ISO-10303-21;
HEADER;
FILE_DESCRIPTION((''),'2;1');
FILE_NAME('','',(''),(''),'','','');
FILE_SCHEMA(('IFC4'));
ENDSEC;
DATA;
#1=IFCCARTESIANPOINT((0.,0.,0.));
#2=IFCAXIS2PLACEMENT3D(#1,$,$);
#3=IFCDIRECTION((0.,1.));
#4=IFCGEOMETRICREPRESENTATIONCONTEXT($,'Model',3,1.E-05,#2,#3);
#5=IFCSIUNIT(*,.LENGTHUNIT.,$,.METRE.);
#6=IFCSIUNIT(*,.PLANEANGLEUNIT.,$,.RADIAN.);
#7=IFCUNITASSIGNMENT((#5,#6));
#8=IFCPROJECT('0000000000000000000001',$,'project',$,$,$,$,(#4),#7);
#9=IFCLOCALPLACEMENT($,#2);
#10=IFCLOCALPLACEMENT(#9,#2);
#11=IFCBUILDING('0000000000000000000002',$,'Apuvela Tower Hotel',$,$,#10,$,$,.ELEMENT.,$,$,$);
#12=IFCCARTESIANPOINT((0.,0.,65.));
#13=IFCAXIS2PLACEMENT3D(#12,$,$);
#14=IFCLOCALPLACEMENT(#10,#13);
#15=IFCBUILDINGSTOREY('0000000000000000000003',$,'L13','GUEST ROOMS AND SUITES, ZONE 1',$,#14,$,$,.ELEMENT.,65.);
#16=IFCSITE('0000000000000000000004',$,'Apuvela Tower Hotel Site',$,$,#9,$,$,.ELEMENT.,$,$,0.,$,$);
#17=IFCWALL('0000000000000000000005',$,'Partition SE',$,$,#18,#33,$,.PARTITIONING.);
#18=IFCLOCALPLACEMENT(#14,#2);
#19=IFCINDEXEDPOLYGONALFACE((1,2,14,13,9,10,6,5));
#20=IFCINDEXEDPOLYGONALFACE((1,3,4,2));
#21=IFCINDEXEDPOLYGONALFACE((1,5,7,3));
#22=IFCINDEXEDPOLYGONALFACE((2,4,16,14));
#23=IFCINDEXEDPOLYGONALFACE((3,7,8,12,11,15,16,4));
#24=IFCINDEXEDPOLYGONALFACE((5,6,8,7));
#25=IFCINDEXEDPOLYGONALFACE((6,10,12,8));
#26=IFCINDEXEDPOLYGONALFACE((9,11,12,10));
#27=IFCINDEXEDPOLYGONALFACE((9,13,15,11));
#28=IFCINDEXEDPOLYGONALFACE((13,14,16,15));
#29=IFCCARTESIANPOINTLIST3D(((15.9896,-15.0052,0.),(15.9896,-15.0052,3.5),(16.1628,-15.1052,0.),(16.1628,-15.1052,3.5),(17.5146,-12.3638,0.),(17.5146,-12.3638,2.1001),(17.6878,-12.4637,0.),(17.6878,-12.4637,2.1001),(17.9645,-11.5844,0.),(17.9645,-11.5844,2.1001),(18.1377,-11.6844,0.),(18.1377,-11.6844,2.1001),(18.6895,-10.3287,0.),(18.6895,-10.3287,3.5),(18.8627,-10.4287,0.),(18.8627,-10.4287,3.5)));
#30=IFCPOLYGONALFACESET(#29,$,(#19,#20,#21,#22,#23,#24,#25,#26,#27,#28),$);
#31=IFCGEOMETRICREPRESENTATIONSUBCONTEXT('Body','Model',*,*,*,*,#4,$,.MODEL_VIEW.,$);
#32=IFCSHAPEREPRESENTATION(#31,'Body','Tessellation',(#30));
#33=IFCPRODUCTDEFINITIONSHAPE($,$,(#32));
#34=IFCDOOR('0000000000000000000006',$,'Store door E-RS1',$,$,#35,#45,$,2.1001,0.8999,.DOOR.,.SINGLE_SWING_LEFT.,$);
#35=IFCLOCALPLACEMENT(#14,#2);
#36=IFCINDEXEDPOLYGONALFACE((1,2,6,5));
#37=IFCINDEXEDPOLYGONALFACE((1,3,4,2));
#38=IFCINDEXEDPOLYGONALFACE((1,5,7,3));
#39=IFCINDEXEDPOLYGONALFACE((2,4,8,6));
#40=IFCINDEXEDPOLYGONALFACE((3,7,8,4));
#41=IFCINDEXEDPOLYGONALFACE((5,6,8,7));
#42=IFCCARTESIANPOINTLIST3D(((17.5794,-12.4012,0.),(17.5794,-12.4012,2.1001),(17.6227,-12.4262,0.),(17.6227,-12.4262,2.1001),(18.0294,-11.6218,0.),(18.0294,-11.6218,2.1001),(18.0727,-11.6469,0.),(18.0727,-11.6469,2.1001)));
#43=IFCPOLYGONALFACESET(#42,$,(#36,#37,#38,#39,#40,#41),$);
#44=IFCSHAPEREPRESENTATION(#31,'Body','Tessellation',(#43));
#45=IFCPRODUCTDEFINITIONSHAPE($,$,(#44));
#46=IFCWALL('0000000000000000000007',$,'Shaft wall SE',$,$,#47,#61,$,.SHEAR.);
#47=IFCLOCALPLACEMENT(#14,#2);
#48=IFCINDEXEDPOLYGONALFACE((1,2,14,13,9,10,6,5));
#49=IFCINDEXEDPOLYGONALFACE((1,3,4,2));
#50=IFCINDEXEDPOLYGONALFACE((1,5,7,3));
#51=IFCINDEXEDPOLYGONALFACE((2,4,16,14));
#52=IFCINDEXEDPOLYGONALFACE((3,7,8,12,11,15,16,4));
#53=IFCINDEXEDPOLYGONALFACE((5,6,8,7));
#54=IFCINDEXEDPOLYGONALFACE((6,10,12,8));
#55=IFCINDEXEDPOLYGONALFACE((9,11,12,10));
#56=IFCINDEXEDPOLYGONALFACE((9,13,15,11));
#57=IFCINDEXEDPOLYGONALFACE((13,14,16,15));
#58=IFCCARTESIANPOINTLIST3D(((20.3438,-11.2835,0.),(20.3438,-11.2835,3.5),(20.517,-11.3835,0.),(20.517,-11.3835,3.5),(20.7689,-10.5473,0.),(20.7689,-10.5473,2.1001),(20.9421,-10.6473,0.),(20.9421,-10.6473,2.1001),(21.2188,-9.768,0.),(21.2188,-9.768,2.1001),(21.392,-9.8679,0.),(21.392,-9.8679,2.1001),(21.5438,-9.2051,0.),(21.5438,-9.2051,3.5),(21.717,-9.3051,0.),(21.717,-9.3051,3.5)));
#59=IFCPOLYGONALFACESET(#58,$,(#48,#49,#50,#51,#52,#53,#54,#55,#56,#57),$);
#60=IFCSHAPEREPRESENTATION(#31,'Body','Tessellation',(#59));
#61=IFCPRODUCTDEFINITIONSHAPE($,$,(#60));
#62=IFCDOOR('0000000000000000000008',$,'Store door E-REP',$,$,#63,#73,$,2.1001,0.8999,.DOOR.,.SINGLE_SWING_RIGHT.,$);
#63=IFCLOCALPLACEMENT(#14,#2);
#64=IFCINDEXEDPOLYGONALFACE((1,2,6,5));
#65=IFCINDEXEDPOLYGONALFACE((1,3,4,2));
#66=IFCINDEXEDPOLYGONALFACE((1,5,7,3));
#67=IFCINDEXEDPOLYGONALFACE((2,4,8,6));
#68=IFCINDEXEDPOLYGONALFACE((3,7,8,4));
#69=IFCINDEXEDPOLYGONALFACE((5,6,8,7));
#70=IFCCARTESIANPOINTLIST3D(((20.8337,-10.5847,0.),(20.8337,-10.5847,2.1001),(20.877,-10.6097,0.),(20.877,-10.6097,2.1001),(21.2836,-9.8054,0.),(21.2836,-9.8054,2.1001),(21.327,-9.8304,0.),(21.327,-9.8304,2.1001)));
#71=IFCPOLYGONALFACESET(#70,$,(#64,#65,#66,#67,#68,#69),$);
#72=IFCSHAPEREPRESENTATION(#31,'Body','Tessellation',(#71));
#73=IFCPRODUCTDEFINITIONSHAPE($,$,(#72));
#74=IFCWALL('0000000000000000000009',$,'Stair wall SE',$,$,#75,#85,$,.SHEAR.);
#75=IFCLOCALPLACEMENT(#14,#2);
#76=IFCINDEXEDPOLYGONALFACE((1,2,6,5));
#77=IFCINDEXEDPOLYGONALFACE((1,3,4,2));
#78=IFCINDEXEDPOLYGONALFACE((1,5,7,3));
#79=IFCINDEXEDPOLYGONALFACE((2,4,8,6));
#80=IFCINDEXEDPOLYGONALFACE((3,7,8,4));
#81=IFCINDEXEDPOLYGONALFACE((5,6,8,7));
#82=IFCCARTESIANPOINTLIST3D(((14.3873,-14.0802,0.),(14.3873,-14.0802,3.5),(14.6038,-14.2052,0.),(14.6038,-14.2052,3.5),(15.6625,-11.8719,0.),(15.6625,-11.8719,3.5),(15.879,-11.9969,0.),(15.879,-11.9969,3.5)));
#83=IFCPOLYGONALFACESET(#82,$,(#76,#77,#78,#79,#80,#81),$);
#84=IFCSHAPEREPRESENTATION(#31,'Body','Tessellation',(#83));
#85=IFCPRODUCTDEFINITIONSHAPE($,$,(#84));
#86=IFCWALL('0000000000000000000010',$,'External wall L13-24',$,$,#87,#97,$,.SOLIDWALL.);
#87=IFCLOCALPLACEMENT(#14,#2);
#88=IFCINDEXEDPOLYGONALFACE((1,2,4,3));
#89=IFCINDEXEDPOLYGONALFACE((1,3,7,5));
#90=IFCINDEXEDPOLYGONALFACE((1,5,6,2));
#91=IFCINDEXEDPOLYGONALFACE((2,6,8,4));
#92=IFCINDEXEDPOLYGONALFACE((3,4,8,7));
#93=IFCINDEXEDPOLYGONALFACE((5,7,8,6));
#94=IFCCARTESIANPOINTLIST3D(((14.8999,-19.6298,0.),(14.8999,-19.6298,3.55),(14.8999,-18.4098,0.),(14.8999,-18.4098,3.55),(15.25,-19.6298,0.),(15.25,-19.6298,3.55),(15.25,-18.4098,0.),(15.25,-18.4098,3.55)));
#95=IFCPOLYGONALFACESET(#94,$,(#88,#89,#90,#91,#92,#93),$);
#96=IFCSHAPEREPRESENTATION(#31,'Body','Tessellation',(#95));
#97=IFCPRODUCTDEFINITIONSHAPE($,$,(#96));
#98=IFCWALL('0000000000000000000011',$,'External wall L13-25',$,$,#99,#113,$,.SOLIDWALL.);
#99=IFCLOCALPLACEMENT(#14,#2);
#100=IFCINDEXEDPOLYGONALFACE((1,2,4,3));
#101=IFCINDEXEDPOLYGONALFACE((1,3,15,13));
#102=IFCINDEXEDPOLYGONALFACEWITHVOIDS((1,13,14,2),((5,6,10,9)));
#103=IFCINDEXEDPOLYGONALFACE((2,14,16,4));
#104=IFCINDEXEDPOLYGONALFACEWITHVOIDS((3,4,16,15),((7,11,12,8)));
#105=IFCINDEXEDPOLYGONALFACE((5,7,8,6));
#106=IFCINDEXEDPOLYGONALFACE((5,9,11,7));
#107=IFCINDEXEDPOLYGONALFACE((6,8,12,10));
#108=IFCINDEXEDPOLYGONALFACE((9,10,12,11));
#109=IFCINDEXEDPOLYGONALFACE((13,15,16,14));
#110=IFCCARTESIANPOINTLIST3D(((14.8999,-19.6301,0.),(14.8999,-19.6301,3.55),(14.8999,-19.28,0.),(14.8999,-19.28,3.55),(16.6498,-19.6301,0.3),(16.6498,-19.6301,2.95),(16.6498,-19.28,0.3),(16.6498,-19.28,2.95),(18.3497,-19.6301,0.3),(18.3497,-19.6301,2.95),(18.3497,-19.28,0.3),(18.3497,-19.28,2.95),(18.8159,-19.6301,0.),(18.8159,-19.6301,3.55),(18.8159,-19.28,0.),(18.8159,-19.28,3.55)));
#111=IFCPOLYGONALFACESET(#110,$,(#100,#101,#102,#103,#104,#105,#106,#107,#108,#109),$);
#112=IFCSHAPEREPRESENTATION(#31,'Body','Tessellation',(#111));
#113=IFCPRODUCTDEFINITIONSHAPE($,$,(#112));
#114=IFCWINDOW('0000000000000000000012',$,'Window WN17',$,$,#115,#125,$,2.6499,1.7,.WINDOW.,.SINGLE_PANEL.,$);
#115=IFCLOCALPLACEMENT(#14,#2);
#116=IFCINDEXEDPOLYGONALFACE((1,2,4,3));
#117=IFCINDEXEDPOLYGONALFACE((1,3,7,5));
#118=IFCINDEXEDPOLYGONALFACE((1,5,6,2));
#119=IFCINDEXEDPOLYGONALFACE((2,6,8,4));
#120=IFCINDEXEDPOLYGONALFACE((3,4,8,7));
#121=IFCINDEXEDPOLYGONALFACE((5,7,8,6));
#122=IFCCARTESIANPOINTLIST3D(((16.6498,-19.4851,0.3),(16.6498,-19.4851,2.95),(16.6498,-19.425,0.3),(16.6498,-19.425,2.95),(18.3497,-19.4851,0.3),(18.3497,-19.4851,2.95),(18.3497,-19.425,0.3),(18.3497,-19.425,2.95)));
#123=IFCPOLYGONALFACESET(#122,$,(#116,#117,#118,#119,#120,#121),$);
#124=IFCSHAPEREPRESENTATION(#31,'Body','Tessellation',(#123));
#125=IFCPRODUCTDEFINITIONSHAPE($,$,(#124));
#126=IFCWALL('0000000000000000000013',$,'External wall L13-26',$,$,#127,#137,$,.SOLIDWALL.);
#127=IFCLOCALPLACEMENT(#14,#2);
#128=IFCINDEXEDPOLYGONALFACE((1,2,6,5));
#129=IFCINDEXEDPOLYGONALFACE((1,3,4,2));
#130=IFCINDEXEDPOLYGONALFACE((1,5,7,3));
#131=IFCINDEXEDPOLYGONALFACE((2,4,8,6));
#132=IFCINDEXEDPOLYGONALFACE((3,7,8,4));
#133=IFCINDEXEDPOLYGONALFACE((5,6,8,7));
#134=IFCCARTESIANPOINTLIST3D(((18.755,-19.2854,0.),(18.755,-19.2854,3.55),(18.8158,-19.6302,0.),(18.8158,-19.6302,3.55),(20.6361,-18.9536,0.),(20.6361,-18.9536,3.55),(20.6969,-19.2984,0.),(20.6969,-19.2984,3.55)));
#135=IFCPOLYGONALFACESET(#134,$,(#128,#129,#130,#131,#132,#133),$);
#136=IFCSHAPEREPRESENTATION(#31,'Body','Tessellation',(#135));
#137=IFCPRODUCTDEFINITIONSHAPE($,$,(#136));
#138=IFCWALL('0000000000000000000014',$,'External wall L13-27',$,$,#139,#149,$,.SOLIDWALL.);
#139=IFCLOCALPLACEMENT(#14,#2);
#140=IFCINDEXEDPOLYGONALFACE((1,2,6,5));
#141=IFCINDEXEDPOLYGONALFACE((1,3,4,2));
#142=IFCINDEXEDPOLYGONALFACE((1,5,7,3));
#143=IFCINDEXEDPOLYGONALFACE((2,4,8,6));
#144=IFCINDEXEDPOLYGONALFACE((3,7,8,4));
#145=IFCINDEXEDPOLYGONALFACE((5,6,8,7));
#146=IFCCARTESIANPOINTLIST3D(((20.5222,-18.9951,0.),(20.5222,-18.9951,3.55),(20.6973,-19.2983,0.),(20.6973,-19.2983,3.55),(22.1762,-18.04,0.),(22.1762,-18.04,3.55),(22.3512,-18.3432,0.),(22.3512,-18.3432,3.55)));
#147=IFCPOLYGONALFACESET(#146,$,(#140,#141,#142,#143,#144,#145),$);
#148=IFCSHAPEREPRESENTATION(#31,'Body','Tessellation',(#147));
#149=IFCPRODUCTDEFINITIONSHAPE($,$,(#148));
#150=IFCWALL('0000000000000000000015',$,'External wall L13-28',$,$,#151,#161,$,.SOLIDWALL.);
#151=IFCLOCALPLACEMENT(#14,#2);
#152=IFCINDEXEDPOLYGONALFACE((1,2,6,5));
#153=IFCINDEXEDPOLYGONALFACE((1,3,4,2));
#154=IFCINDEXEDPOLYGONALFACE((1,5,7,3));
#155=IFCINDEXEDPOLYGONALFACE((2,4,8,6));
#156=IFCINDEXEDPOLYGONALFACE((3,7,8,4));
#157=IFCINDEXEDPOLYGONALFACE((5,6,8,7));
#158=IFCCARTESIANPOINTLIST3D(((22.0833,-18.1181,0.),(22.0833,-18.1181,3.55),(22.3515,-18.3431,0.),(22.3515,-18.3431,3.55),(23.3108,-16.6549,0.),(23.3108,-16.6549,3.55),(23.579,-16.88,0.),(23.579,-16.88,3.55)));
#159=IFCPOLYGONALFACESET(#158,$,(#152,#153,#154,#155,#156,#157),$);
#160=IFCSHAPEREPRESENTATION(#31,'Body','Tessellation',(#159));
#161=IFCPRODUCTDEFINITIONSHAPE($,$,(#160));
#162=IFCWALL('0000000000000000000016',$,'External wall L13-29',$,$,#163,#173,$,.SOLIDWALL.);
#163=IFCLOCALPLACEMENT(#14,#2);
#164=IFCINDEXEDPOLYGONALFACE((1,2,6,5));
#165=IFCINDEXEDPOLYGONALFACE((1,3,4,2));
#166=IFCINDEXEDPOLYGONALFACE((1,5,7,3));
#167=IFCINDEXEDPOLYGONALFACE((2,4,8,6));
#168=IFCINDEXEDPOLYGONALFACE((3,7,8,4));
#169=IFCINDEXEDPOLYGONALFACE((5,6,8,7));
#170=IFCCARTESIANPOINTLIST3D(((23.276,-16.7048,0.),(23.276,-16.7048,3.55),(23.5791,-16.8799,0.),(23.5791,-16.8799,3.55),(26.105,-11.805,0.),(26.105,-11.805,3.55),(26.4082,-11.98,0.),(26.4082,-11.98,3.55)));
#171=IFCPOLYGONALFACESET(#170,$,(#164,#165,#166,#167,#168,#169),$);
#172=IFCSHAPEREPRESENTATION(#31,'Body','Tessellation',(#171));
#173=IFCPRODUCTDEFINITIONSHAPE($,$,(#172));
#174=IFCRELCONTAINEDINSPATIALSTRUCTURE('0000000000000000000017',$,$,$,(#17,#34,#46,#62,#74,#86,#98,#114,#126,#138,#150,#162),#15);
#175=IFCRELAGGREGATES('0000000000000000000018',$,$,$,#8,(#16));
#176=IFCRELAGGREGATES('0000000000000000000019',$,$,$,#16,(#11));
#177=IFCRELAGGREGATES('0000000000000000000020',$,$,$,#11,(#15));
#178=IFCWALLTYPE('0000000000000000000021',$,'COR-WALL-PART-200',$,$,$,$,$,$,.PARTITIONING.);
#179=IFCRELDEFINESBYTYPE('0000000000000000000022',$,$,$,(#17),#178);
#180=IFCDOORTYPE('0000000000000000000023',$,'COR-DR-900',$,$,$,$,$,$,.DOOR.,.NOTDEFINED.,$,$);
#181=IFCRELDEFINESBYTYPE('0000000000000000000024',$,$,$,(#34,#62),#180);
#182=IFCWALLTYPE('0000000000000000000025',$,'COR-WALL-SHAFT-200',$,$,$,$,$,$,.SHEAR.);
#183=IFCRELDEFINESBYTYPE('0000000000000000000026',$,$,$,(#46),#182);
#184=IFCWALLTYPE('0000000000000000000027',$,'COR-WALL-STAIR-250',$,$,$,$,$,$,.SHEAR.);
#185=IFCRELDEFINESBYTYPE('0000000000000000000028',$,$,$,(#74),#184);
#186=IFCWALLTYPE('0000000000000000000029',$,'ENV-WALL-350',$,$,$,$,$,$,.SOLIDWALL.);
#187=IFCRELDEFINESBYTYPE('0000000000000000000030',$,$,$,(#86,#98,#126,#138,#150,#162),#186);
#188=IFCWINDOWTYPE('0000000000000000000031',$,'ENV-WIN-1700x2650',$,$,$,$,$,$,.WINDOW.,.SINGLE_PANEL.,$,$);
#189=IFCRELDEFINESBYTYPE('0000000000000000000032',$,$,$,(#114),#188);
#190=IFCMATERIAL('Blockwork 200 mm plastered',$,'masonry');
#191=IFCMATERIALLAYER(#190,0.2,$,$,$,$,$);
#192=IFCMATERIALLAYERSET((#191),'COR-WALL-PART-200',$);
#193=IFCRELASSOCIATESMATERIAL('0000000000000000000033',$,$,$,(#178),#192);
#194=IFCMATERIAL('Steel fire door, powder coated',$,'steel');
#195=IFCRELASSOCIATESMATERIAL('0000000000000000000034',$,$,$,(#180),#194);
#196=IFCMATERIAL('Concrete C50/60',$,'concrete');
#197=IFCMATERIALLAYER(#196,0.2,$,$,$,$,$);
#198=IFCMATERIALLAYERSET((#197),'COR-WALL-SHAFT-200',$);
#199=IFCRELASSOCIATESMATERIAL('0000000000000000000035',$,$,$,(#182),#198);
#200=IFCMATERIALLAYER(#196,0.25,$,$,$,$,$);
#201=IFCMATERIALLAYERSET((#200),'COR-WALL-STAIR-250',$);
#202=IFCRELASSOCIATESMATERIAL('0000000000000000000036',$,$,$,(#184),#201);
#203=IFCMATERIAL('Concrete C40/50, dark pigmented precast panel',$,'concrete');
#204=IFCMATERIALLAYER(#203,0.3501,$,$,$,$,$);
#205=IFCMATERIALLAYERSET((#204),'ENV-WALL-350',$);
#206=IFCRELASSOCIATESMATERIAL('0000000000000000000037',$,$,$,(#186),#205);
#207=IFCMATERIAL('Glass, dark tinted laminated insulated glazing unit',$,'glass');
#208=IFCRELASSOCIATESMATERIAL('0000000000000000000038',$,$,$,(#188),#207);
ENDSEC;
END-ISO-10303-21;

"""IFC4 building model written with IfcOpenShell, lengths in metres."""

from ifc_helpers import new_model, si_unit, direction, frame, frame_2d, origin, place, context, subcontext, project, spatial, rectangle, extrude, material, layer, layer_set, type_object, element, fill, save


model = new_model("IFC4")

# Units and contexts
model_context = context("Model", 3, precision=1e-05, world=origin(), true_north=direction((0.0, 1.0)))
body_context = subcontext(model_context, "Body", "Model", "MODEL_VIEW")
ifc_project = project(units=[si_unit("LENGTHUNIT", "METRE"), si_unit("PLANEANGLEUNIT", "RADIAN")], contexts=[model_context])

# Site, building, storey
site_placement = place(None, origin())
site = spatial("IfcSite", under=ifc_project, at=site_placement, Name="Apuvela Tower Hotel Site", CompositionType="ELEMENT", RefElevation=0.0)
building_placement = place(site_placement, origin())
building = spatial("IfcBuilding", under=site, at=building_placement, Name="Apuvela Tower Hotel", CompositionType="ELEMENT")
storey_placement = place(building_placement, frame((0.0, 0.0, 65.0)))
storey = spatial("IfcBuildingStorey", under=building, at=storey_placement, Name="L13", Description="GUEST ROOMS AND SUITES, ZONE 1", CompositionType="ELEMENT", Elevation=65.0)

# Walls, openings, doors
ifc_material_1 = material(Name="Blockwork 200 mm plastered", Category="masonry")
ifc_layer_1 = layer(ifc_material_1, 0.2)
ifc_layer_set_1 = layer_set([ifc_layer_1], Name="COR-WALL-PART-200")
wall_type_1 = type_object("IfcWallType", Name="COR-WALL-PART-200", PredefinedType="PARTITIONING", material=ifc_layer_set_1)
wall_1_placement = place(storey_placement, frame((16.0762, -15.0552, 0.0), z_axis=(0.0, 0.0, 1.0), x_axis=(0.499995, 0.866028, 0.0)))
wall_1 = element("IfcWall", 1, at=wall_1_placement, inside=storey, type_object=wall_type_1, Name="Partition SE", PredefinedType="PARTITIONING", context=body_context, shape_type="SweptSolid", body=[
    extrude(rectangle(XDim=5.3999, YDim=0.2, at=frame_2d((2.7, 0.0))), origin(), (0.0, 0.0, 1.0), 3.5),
])
opening_1_placement = place(wall_1_placement, frame((3.05, 0.0, 0.0)))
opening_1 = element("IfcOpeningElement", 2, at=opening_1_placement, cuts=wall_1, PredefinedType="OPENING", context=body_context, shape_type="SweptSolid", body=[
    extrude(rectangle(XDim=0.8999, YDim=2.1001, at=frame_2d((0.45, 1.05))), frame((0.0, 0.1099, 0.0), z_axis=(0.0, -1.0, 0.0), x_axis=(1.0, 0.0, 0.0)), (0.0, 0.0, 1.0), 0.22),
])
ifc_material_2 = material(Name="Steel fire door, powder coated", Category="steel")
door_type_1 = type_object("IfcDoorType", Name="COR-DR-900", OperationType="NOTDEFINED", PredefinedType="DOOR", material=ifc_material_2)
door_1_placement = place(opening_1_placement, frame((0.8999, 0.0, 0.0), z_axis=(0.0, 0.0, 1.0), x_axis=(-1.0, 0.0, 0.0)))
door_1 = element("IfcDoor", 3, at=door_1_placement, inside=storey, type_object=door_type_1, Name="Store door E-RS1", OperationType="SINGLE_SWING_LEFT", OverallHeight=2.1001, OverallWidth=0.8999, PredefinedType="DOOR", context=body_context, shape_type="SweptSolid", body=[
    extrude(rectangle(XDim=0.8999, YDim=2.1001, at=frame_2d((0.45, 1.05))), frame((0.0, 0.0249, 0.0), z_axis=(0.0, -1.0, 0.0), x_axis=(1.0, 0.0, 0.0)), (0.0, 0.0, 1.0), 0.05),
])
fill(opening_1, door_1)
ifc_material_3 = material(Name="Concrete C50/60", Category="concrete")
ifc_layer_2 = layer(ifc_material_3, 0.2)
ifc_layer_set_2 = layer_set([ifc_layer_2], Name="COR-WALL-SHAFT-200")
wall_type_2 = type_object("IfcWallType", Name="COR-WALL-SHAFT-200", PredefinedType="SHEAR", material=ifc_layer_set_2)
wall_2_placement = place(storey_placement, frame((20.4304, -11.3335, 0.0), z_axis=(0.0, 0.0, 1.0), x_axis=(0.500001, 0.866025, 0.0)))
wall_2 = element("IfcWall", 4, at=wall_2_placement, inside=storey, type_object=wall_type_2, Name="Shaft wall SE", PredefinedType="SHEAR", context=body_context, shape_type="SweptSolid", body=[
    extrude(rectangle(XDim=2.3999, YDim=0.2, at=frame_2d((1.2, 0.0))), origin(), (0.0, 0.0, 1.0), 3.5),
])
opening_2_placement = place(wall_2_placement, frame((0.8501, 0.0, 0.0)))
opening_2 = element("IfcOpeningElement", 5, at=opening_2_placement, cuts=wall_2, PredefinedType="OPENING", context=body_context, shape_type="SweptSolid", body=[
    extrude(rectangle(XDim=0.8999, YDim=2.1001, at=frame_2d((0.45, 1.05))), frame((0.0, 0.1099, 0.0), z_axis=(0.0, -1.0, 0.0), x_axis=(1.0, 0.0, 0.0)), (0.0, 0.0, 1.0), 0.22),
])
door_2_placement = place(opening_2_placement, frame((0.8999, 0.0, 0.0), z_axis=(0.0, 0.0, 1.0), x_axis=(-1.0, 0.0, 0.0)))
door_2 = element("IfcDoor", 6, at=door_2_placement, inside=storey, type_object=door_type_1, Name="Store door E-REP", OperationType="SINGLE_SWING_RIGHT", OverallHeight=2.1001, OverallWidth=0.8999, PredefinedType="DOOR", context=body_context, shape_type="SweptSolid", body=[
    extrude(rectangle(XDim=0.8999, YDim=2.1001, at=frame_2d((0.45, 1.05))), frame((0.0, 0.0249, 0.0), z_axis=(0.0, -1.0, 0.0), x_axis=(1.0, 0.0, 0.0)), (0.0, 0.0, 1.0), 0.05),
])
fill(opening_2, door_2)

# Walls
ifc_layer_3 = layer(ifc_material_3, 0.25)
ifc_layer_set_3 = layer_set([ifc_layer_3], Name="COR-WALL-STAIR-250")
wall_type_3 = type_object("IfcWallType", Name="COR-WALL-STAIR-250", PredefinedType="SHEAR", material=ifc_layer_set_3)
wall_3_placement = place(storey_placement, frame((14.4956, -14.1426, 0.0), z_axis=(0.0, 0.0, 1.0), x_axis=(0.500062, 0.865989, 0.0)))
element("IfcWall", 7, at=wall_3_placement, inside=storey, type_object=wall_type_3, Name="Stair wall SE", PredefinedType="SHEAR", context=body_context, shape_type="SweptSolid", body=[
    extrude(rectangle(XDim=2.55, YDim=0.25, at=frame_2d((1.2749, 0.0))), origin(), (0.0, 0.0, 1.0), 3.5),
])
ifc_material_4 = material(Name="Concrete C40/50, dark pigmented precast panel", Category="concrete")
ifc_layer_4 = layer(ifc_material_4, 0.3501)
ifc_layer_set_4 = layer_set([ifc_layer_4], Name="ENV-WALL-350")
wall_type_4 = type_object("IfcWallType", Name="ENV-WALL-350", PredefinedType="SOLIDWALL", material=ifc_layer_set_4)
wall_4_placement = place(storey_placement, frame((15.075, -18.4099, 0.0), z_axis=(0.0, 0.0, 1.0), x_axis=(0.0, -1.0, 0.0)))
element("IfcWall", 8, at=wall_4_placement, inside=storey, type_object=wall_type_4, Name="External wall L13-24", PredefinedType="SOLIDWALL", context=body_context, shape_type="SweptSolid", body=[
    extrude(rectangle(XDim=1.22, YDim=0.3501, at=frame_2d((0.6099, 0.0))), origin(), (0.0, 0.0, 1.0), 3.55),
])

# Wall, opening, window
wall_5_placement = place(storey_placement, frame((14.8999, -19.4551, 0.0), z_axis=(0.0, 0.0, 1.0), x_axis=(1.0, 0.0, 0.0)))
wall_5 = element("IfcWall", 9, at=wall_5_placement, inside=storey, type_object=wall_type_4, Name="External wall L13-25", PredefinedType="SOLIDWALL", context=body_context, shape_type="SweptSolid", body=[
    extrude(rectangle(XDim=3.916, YDim=0.3501, at=frame_2d((1.958, 0.0))), origin(), (0.0, 0.0, 1.0), 3.55),
])
opening_3_placement = place(wall_5_placement, frame((1.7498, 0.0, 0.3)))
opening_3 = element("IfcOpeningElement", 10, at=opening_3_placement, cuts=wall_5, PredefinedType="OPENING", context=body_context, shape_type="SweptSolid", body=[
    extrude(rectangle(XDim=1.7, YDim=2.6499, at=frame_2d((0.8501, 1.325))), frame((0.0, 0.1851, 0.0), z_axis=(0.0, -1.0, 0.0), x_axis=(1.0, 0.0, 0.0)), (0.0, 0.0, 1.0), 0.3701),
])
ifc_material_5 = material(Name="Glass, dark tinted laminated insulated glazing unit", Category="glass")
window_type = type_object("IfcWindowType", Name="ENV-WIN-1700x2650", PartitioningType="SINGLE_PANEL", PredefinedType="WINDOW", material=ifc_material_5)
window_placement = place(opening_3_placement, origin())
window = element("IfcWindow", 11, at=window_placement, inside=storey, type_object=window_type, Name="Window WN17", OverallHeight=2.6499, OverallWidth=1.7, PartitioningType="SINGLE_PANEL", PredefinedType="WINDOW", context=body_context, shape_type="SweptSolid", body=[
    extrude(rectangle(XDim=1.7, YDim=2.6499, at=frame_2d((0.8501, 1.325))), frame((0.0, 0.03, 0.0), z_axis=(0.0, -1.0, 0.0), x_axis=(1.0, 0.0, 0.0)), (0.0, 0.0, 1.0), 0.0601),
])
fill(opening_3, window)

# Walls
wall_6_placement = place(storey_placement, frame((18.7854, -19.4578, 0.0), z_axis=(0.0, 0.0, 1.0), x_axis=(0.984799, 0.173698, 0.0)))
element("IfcWall", 12, at=wall_6_placement, inside=storey, type_object=wall_type_4, Name="External wall L13-26", PredefinedType="SOLIDWALL", context=body_context, shape_type="SweptSolid", body=[
    extrude(rectangle(XDim=1.9102, YDim=0.3501, at=frame_2d((0.9551, 0.0))), origin(), (0.0, 0.0, 1.0), 3.55),
])
for number, where, z_axis, x_axis, name in (
    (13, (20.6096, -19.1467, 0.0), (0.0, 0.0, 1.0), (0.866, 0.500043, 0.0), "External wall L13-27"),
    (14, (22.2173, -18.2307, 0.0), (0.0, 0.0, 1.0), (0.642733, 0.76609, 0.0), "External wall L13-28"),
):
    element("IfcWall", number, at=place(storey_placement, frame(where, z_axis=z_axis, x_axis=x_axis)), inside=storey, type_object=wall_type_4, Name=name, PredefinedType="SOLIDWALL", context=body_context, shape_type="SweptSolid", body=[
        extrude(rectangle(XDim=1.9099, YDim=0.3501, at=frame_2d((0.9551, 0.0))), origin(), (0.0, 0.0, 1.0), 3.55),
    ])
wall_7_placement = place(storey_placement, frame((23.4275, -16.7925, 0.0), z_axis=(0.0, 0.0, 1.0), x_axis=(0.500019, 0.866015, 0.0)))
element("IfcWall", 15, at=wall_7_placement, inside=storey, type_object=wall_type_4, Name="External wall L13-29", PredefinedType="SOLIDWALL", context=body_context, shape_type="SweptSolid", body=[
    extrude(rectangle(XDim=5.658, YDim=0.3501, at=frame_2d((2.8291, 0.0))), origin(), (0.0, 0.0, 1.0), 3.55),
])

save(model, "model.ifc")
